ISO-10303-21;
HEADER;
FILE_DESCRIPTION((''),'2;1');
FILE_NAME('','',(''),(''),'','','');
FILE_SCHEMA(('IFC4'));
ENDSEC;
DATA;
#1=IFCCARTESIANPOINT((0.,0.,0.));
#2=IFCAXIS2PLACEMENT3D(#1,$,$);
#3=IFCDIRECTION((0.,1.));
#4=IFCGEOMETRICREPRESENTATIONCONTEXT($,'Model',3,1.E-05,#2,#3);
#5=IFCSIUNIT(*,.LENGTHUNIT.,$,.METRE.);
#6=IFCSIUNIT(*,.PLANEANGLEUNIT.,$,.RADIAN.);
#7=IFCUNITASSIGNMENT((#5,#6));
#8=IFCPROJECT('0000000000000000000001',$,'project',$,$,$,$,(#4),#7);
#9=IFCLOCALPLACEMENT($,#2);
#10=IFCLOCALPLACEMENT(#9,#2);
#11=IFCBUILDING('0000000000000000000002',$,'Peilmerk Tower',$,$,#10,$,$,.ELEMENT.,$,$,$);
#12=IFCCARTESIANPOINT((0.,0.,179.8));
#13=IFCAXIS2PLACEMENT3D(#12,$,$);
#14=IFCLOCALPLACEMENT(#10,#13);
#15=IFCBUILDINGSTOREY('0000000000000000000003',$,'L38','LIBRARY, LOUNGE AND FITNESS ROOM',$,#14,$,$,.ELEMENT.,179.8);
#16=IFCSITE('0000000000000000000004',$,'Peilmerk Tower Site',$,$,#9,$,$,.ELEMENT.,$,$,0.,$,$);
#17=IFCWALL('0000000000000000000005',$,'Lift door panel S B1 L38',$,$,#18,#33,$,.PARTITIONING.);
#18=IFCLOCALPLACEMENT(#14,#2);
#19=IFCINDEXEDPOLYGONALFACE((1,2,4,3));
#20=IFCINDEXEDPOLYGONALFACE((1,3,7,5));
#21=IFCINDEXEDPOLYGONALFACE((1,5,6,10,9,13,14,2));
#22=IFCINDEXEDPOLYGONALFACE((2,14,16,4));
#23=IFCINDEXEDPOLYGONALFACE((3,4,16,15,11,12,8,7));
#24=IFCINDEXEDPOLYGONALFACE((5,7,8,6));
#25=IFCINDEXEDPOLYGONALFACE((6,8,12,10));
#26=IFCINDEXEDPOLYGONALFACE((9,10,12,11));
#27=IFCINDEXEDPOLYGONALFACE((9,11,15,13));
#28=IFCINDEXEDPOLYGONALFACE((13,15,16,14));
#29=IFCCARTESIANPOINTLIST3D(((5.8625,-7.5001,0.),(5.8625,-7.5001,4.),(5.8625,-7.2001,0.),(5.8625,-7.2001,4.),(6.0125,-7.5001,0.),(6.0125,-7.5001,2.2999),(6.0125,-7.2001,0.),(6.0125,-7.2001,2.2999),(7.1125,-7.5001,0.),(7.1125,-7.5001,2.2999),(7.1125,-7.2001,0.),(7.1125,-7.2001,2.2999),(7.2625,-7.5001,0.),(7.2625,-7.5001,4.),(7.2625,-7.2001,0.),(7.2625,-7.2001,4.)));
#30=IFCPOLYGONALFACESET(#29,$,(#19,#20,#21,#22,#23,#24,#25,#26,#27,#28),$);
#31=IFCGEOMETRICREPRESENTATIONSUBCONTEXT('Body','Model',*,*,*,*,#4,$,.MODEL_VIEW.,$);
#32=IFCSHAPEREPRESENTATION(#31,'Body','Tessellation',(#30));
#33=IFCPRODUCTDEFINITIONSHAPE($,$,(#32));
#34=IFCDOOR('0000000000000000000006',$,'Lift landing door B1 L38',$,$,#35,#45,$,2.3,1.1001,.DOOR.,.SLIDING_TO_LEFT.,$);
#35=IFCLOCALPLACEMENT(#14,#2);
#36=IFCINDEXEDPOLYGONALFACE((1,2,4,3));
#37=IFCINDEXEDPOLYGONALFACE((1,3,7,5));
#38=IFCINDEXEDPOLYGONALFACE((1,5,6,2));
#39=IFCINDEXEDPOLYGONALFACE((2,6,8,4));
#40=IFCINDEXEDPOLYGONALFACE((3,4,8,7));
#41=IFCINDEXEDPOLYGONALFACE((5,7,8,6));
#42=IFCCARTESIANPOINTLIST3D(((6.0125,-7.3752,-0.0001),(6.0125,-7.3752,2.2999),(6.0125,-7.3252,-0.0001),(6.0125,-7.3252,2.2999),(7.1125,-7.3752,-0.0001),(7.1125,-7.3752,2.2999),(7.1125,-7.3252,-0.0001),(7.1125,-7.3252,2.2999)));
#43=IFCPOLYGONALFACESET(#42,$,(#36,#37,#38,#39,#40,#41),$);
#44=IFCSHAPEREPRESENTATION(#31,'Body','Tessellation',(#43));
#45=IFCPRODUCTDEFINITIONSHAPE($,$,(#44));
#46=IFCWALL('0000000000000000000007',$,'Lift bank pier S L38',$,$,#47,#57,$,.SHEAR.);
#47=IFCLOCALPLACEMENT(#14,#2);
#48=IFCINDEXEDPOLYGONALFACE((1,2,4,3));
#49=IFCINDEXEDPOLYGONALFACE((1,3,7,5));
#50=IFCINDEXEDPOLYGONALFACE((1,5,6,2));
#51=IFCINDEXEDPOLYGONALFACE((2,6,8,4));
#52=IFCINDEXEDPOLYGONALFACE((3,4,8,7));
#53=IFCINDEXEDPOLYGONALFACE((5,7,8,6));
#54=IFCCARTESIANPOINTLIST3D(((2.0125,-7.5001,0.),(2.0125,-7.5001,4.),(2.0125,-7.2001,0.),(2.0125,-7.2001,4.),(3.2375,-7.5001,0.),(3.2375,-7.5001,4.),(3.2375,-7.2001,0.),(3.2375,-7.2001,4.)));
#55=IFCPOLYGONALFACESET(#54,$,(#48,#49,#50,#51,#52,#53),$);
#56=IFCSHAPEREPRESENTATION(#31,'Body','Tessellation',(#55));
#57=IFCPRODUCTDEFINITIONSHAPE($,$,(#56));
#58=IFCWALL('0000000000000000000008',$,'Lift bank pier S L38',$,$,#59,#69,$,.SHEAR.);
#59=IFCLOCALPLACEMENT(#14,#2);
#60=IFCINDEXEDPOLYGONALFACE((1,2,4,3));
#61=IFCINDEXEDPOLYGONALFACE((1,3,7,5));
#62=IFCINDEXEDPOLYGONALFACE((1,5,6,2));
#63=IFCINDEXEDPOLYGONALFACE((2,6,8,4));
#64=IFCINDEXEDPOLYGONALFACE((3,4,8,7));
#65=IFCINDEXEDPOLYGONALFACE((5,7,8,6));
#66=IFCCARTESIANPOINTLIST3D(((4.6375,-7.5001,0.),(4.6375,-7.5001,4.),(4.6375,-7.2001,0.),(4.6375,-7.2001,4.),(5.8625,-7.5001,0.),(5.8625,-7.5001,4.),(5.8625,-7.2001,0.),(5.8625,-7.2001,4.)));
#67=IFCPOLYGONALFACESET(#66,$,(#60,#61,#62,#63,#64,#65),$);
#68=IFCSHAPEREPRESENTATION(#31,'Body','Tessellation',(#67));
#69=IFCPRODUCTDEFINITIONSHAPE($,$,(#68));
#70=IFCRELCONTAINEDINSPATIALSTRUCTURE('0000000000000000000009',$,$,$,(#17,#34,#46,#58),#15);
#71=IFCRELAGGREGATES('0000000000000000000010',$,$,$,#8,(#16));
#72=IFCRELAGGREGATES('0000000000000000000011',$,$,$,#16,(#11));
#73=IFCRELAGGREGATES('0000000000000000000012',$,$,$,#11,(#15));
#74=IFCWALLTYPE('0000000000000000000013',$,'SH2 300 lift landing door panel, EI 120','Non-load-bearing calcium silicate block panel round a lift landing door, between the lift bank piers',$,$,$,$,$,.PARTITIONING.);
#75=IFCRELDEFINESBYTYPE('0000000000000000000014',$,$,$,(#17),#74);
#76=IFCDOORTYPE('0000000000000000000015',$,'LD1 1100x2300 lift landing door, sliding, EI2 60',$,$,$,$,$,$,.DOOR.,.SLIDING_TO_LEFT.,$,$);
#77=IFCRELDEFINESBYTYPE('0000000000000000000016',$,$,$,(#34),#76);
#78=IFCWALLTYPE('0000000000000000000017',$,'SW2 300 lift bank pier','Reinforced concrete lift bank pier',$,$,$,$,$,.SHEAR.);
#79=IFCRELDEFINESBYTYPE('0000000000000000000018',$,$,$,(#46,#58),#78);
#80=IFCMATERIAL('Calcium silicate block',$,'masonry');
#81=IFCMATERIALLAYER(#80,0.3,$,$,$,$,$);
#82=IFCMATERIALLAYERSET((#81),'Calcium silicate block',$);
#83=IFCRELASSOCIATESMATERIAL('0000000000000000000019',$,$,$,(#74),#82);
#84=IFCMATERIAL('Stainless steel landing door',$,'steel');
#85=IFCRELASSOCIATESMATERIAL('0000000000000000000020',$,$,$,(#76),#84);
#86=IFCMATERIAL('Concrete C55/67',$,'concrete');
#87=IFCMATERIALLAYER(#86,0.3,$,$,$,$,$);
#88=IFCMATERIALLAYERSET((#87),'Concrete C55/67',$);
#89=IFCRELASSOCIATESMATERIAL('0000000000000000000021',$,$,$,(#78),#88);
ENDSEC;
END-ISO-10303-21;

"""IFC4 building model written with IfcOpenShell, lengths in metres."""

from ifc_helpers import new_model, si_unit, direction, frame, frame_2d, origin, place, context, subcontext, project, spatial, rectangle, extrude, material, layer, layer_set, type_object, element, fill, save


model = new_model("IFC4")

# Units and contexts
model_context = context("Model", 3, precision=1e-05, world=origin(), true_north=direction((0.0, 1.0)))
body_context = subcontext(model_context, "Body", "Model", "MODEL_VIEW")
ifc_project = project(units=[si_unit("LENGTHUNIT", "METRE"), si_unit("PLANEANGLEUNIT", "RADIAN")], contexts=[model_context])

# Site, building, storey
site_placement = place(None, origin())
site = spatial("IfcSite", under=ifc_project, at=site_placement, Name="Peilmerk Tower Site", CompositionType="ELEMENT", RefElevation=0.0)
building_placement = place(site_placement, origin())
building = spatial("IfcBuilding", under=site, at=building_placement, Name="Peilmerk Tower", CompositionType="ELEMENT")
storey_placement = place(building_placement, frame((0.0, 0.0, 179.8)))
storey = spatial("IfcBuildingStorey", under=building, at=storey_placement, Name="L38", Description="LIBRARY, LOUNGE AND FITNESS ROOM", CompositionType="ELEMENT", Elevation=179.8)

# Shared definitions
ifc_material_1 = material(Name="Calcium silicate block", Category="masonry")

# Wall, opening, door
ifc_layer_1 = layer(ifc_material_1, 0.3)
ifc_layer_set_1 = layer_set([ifc_layer_1], Name="Calcium silicate block")
wall_type_1 = type_object("IfcWallType", Name="SH2 300 lift landing door panel, EI 120", Description="Non-load-bearing calcium silicate block panel round a lift landing door, between the lift bank piers", PredefinedType="PARTITIONING", material=ifc_layer_set_1)
ifc_material_2 = material(Name="Stainless steel landing door", Category="steel")
door_type = type_object("IfcDoorType", Name="LD1 1100x2300 lift landing door, sliding, EI2 60", OperationType="SLIDING_TO_LEFT", PredefinedType="DOOR", material=ifc_material_2)
wall_1_placement = place(storey_placement, frame((5.8625, -7.3501, 0.0), z_axis=(0.0, 0.0, 1.0), x_axis=(1.0, 0.0, 0.0)))
wall_1 = element("IfcWall", 1, at=wall_1_placement, inside=storey, type_object=wall_type_1, Name="Lift door panel S B1 L38", PredefinedType="PARTITIONING", context=body_context, shape_type="SweptSolid", body=[
    extrude(rectangle(XDim=1.3999, YDim=0.3, at=frame_2d((0.7, 0.0))), origin(), (0.0, 0.0, 1.0), 4.0),
])
opening_1_placement = place(wall_1_placement, frame((0.1499, 0.0, 0.0)))
opening_1 = element("IfcOpeningElement", 2, at=opening_1_placement, cuts=wall_1, PredefinedType="OPENING", context=body_context, shape_type="SweptSolid", body=[
    extrude(rectangle(XDim=1.1001, YDim=2.3, at=frame_2d((0.55, 1.1499))), frame((0.0, 0.1599, 0.0), z_axis=(0.0, -1.0, 0.0), x_axis=(1.0, 0.0, 0.0)), (0.0, 0.0, 1.0), 0.3201),
])
door_1_placement = place(opening_1_placement, origin())
door_1 = element("IfcDoor", 3, at=door_1_placement, inside=storey, type_object=door_type, Name="Lift landing door B1 L38", OperationType="SLIDING_TO_LEFT", OverallHeight=2.3, OverallWidth=1.1001, PredefinedType="DOOR", context=body_context, shape_type="SweptSolid", body=[
    extrude(rectangle(XDim=1.1001, YDim=2.3, at=frame_2d((0.55, 1.1499))), frame((0.0, 0.0249, 0.0), z_axis=(0.0, -1.0, 0.0), x_axis=(1.0, 0.0, 0.0)), (0.0, 0.0, 1.0), 0.05),
])
fill(opening_1, door_1)

# Walls
ifc_material_3 = material(Name="Concrete C55/67", Category="concrete")
ifc_layer_2 = layer(ifc_material_3, 0.3)
ifc_layer_set_2 = layer_set([ifc_layer_2], Name="Concrete C55/67")
wall_type_2 = type_object("IfcWallType", Name="SW2 300 lift bank pier", Description="Reinforced concrete lift bank pier", PredefinedType="SHEAR", material=ifc_layer_set_2)
for number, where, z_axis, x_axis, name in (
    (4, (2.0125, -7.3501, 0.0), (0.0, 0.0, 1.0), (1.0, 0.0, 0.0), "Lift bank pier S L38"),
    (5, (4.6375, -7.3501, 0.0), (0.0, 0.0, 1.0), (1.0, 0.0, 0.0), "Lift bank pier S L38"),
):
    element("IfcWall", number, at=place(storey_placement, frame(where, z_axis=z_axis, x_axis=x_axis)), inside=storey, type_object=wall_type_2, Name=name, PredefinedType="SHEAR", context=body_context, shape_type="SweptSolid", body=[
        extrude(rectangle(XDim=1.2251, YDim=0.3, at=frame_2d((0.6125, 0.0))), origin(), (0.0, 0.0, 1.0), 4.0),
    ])

save(model, "model.ifc")
